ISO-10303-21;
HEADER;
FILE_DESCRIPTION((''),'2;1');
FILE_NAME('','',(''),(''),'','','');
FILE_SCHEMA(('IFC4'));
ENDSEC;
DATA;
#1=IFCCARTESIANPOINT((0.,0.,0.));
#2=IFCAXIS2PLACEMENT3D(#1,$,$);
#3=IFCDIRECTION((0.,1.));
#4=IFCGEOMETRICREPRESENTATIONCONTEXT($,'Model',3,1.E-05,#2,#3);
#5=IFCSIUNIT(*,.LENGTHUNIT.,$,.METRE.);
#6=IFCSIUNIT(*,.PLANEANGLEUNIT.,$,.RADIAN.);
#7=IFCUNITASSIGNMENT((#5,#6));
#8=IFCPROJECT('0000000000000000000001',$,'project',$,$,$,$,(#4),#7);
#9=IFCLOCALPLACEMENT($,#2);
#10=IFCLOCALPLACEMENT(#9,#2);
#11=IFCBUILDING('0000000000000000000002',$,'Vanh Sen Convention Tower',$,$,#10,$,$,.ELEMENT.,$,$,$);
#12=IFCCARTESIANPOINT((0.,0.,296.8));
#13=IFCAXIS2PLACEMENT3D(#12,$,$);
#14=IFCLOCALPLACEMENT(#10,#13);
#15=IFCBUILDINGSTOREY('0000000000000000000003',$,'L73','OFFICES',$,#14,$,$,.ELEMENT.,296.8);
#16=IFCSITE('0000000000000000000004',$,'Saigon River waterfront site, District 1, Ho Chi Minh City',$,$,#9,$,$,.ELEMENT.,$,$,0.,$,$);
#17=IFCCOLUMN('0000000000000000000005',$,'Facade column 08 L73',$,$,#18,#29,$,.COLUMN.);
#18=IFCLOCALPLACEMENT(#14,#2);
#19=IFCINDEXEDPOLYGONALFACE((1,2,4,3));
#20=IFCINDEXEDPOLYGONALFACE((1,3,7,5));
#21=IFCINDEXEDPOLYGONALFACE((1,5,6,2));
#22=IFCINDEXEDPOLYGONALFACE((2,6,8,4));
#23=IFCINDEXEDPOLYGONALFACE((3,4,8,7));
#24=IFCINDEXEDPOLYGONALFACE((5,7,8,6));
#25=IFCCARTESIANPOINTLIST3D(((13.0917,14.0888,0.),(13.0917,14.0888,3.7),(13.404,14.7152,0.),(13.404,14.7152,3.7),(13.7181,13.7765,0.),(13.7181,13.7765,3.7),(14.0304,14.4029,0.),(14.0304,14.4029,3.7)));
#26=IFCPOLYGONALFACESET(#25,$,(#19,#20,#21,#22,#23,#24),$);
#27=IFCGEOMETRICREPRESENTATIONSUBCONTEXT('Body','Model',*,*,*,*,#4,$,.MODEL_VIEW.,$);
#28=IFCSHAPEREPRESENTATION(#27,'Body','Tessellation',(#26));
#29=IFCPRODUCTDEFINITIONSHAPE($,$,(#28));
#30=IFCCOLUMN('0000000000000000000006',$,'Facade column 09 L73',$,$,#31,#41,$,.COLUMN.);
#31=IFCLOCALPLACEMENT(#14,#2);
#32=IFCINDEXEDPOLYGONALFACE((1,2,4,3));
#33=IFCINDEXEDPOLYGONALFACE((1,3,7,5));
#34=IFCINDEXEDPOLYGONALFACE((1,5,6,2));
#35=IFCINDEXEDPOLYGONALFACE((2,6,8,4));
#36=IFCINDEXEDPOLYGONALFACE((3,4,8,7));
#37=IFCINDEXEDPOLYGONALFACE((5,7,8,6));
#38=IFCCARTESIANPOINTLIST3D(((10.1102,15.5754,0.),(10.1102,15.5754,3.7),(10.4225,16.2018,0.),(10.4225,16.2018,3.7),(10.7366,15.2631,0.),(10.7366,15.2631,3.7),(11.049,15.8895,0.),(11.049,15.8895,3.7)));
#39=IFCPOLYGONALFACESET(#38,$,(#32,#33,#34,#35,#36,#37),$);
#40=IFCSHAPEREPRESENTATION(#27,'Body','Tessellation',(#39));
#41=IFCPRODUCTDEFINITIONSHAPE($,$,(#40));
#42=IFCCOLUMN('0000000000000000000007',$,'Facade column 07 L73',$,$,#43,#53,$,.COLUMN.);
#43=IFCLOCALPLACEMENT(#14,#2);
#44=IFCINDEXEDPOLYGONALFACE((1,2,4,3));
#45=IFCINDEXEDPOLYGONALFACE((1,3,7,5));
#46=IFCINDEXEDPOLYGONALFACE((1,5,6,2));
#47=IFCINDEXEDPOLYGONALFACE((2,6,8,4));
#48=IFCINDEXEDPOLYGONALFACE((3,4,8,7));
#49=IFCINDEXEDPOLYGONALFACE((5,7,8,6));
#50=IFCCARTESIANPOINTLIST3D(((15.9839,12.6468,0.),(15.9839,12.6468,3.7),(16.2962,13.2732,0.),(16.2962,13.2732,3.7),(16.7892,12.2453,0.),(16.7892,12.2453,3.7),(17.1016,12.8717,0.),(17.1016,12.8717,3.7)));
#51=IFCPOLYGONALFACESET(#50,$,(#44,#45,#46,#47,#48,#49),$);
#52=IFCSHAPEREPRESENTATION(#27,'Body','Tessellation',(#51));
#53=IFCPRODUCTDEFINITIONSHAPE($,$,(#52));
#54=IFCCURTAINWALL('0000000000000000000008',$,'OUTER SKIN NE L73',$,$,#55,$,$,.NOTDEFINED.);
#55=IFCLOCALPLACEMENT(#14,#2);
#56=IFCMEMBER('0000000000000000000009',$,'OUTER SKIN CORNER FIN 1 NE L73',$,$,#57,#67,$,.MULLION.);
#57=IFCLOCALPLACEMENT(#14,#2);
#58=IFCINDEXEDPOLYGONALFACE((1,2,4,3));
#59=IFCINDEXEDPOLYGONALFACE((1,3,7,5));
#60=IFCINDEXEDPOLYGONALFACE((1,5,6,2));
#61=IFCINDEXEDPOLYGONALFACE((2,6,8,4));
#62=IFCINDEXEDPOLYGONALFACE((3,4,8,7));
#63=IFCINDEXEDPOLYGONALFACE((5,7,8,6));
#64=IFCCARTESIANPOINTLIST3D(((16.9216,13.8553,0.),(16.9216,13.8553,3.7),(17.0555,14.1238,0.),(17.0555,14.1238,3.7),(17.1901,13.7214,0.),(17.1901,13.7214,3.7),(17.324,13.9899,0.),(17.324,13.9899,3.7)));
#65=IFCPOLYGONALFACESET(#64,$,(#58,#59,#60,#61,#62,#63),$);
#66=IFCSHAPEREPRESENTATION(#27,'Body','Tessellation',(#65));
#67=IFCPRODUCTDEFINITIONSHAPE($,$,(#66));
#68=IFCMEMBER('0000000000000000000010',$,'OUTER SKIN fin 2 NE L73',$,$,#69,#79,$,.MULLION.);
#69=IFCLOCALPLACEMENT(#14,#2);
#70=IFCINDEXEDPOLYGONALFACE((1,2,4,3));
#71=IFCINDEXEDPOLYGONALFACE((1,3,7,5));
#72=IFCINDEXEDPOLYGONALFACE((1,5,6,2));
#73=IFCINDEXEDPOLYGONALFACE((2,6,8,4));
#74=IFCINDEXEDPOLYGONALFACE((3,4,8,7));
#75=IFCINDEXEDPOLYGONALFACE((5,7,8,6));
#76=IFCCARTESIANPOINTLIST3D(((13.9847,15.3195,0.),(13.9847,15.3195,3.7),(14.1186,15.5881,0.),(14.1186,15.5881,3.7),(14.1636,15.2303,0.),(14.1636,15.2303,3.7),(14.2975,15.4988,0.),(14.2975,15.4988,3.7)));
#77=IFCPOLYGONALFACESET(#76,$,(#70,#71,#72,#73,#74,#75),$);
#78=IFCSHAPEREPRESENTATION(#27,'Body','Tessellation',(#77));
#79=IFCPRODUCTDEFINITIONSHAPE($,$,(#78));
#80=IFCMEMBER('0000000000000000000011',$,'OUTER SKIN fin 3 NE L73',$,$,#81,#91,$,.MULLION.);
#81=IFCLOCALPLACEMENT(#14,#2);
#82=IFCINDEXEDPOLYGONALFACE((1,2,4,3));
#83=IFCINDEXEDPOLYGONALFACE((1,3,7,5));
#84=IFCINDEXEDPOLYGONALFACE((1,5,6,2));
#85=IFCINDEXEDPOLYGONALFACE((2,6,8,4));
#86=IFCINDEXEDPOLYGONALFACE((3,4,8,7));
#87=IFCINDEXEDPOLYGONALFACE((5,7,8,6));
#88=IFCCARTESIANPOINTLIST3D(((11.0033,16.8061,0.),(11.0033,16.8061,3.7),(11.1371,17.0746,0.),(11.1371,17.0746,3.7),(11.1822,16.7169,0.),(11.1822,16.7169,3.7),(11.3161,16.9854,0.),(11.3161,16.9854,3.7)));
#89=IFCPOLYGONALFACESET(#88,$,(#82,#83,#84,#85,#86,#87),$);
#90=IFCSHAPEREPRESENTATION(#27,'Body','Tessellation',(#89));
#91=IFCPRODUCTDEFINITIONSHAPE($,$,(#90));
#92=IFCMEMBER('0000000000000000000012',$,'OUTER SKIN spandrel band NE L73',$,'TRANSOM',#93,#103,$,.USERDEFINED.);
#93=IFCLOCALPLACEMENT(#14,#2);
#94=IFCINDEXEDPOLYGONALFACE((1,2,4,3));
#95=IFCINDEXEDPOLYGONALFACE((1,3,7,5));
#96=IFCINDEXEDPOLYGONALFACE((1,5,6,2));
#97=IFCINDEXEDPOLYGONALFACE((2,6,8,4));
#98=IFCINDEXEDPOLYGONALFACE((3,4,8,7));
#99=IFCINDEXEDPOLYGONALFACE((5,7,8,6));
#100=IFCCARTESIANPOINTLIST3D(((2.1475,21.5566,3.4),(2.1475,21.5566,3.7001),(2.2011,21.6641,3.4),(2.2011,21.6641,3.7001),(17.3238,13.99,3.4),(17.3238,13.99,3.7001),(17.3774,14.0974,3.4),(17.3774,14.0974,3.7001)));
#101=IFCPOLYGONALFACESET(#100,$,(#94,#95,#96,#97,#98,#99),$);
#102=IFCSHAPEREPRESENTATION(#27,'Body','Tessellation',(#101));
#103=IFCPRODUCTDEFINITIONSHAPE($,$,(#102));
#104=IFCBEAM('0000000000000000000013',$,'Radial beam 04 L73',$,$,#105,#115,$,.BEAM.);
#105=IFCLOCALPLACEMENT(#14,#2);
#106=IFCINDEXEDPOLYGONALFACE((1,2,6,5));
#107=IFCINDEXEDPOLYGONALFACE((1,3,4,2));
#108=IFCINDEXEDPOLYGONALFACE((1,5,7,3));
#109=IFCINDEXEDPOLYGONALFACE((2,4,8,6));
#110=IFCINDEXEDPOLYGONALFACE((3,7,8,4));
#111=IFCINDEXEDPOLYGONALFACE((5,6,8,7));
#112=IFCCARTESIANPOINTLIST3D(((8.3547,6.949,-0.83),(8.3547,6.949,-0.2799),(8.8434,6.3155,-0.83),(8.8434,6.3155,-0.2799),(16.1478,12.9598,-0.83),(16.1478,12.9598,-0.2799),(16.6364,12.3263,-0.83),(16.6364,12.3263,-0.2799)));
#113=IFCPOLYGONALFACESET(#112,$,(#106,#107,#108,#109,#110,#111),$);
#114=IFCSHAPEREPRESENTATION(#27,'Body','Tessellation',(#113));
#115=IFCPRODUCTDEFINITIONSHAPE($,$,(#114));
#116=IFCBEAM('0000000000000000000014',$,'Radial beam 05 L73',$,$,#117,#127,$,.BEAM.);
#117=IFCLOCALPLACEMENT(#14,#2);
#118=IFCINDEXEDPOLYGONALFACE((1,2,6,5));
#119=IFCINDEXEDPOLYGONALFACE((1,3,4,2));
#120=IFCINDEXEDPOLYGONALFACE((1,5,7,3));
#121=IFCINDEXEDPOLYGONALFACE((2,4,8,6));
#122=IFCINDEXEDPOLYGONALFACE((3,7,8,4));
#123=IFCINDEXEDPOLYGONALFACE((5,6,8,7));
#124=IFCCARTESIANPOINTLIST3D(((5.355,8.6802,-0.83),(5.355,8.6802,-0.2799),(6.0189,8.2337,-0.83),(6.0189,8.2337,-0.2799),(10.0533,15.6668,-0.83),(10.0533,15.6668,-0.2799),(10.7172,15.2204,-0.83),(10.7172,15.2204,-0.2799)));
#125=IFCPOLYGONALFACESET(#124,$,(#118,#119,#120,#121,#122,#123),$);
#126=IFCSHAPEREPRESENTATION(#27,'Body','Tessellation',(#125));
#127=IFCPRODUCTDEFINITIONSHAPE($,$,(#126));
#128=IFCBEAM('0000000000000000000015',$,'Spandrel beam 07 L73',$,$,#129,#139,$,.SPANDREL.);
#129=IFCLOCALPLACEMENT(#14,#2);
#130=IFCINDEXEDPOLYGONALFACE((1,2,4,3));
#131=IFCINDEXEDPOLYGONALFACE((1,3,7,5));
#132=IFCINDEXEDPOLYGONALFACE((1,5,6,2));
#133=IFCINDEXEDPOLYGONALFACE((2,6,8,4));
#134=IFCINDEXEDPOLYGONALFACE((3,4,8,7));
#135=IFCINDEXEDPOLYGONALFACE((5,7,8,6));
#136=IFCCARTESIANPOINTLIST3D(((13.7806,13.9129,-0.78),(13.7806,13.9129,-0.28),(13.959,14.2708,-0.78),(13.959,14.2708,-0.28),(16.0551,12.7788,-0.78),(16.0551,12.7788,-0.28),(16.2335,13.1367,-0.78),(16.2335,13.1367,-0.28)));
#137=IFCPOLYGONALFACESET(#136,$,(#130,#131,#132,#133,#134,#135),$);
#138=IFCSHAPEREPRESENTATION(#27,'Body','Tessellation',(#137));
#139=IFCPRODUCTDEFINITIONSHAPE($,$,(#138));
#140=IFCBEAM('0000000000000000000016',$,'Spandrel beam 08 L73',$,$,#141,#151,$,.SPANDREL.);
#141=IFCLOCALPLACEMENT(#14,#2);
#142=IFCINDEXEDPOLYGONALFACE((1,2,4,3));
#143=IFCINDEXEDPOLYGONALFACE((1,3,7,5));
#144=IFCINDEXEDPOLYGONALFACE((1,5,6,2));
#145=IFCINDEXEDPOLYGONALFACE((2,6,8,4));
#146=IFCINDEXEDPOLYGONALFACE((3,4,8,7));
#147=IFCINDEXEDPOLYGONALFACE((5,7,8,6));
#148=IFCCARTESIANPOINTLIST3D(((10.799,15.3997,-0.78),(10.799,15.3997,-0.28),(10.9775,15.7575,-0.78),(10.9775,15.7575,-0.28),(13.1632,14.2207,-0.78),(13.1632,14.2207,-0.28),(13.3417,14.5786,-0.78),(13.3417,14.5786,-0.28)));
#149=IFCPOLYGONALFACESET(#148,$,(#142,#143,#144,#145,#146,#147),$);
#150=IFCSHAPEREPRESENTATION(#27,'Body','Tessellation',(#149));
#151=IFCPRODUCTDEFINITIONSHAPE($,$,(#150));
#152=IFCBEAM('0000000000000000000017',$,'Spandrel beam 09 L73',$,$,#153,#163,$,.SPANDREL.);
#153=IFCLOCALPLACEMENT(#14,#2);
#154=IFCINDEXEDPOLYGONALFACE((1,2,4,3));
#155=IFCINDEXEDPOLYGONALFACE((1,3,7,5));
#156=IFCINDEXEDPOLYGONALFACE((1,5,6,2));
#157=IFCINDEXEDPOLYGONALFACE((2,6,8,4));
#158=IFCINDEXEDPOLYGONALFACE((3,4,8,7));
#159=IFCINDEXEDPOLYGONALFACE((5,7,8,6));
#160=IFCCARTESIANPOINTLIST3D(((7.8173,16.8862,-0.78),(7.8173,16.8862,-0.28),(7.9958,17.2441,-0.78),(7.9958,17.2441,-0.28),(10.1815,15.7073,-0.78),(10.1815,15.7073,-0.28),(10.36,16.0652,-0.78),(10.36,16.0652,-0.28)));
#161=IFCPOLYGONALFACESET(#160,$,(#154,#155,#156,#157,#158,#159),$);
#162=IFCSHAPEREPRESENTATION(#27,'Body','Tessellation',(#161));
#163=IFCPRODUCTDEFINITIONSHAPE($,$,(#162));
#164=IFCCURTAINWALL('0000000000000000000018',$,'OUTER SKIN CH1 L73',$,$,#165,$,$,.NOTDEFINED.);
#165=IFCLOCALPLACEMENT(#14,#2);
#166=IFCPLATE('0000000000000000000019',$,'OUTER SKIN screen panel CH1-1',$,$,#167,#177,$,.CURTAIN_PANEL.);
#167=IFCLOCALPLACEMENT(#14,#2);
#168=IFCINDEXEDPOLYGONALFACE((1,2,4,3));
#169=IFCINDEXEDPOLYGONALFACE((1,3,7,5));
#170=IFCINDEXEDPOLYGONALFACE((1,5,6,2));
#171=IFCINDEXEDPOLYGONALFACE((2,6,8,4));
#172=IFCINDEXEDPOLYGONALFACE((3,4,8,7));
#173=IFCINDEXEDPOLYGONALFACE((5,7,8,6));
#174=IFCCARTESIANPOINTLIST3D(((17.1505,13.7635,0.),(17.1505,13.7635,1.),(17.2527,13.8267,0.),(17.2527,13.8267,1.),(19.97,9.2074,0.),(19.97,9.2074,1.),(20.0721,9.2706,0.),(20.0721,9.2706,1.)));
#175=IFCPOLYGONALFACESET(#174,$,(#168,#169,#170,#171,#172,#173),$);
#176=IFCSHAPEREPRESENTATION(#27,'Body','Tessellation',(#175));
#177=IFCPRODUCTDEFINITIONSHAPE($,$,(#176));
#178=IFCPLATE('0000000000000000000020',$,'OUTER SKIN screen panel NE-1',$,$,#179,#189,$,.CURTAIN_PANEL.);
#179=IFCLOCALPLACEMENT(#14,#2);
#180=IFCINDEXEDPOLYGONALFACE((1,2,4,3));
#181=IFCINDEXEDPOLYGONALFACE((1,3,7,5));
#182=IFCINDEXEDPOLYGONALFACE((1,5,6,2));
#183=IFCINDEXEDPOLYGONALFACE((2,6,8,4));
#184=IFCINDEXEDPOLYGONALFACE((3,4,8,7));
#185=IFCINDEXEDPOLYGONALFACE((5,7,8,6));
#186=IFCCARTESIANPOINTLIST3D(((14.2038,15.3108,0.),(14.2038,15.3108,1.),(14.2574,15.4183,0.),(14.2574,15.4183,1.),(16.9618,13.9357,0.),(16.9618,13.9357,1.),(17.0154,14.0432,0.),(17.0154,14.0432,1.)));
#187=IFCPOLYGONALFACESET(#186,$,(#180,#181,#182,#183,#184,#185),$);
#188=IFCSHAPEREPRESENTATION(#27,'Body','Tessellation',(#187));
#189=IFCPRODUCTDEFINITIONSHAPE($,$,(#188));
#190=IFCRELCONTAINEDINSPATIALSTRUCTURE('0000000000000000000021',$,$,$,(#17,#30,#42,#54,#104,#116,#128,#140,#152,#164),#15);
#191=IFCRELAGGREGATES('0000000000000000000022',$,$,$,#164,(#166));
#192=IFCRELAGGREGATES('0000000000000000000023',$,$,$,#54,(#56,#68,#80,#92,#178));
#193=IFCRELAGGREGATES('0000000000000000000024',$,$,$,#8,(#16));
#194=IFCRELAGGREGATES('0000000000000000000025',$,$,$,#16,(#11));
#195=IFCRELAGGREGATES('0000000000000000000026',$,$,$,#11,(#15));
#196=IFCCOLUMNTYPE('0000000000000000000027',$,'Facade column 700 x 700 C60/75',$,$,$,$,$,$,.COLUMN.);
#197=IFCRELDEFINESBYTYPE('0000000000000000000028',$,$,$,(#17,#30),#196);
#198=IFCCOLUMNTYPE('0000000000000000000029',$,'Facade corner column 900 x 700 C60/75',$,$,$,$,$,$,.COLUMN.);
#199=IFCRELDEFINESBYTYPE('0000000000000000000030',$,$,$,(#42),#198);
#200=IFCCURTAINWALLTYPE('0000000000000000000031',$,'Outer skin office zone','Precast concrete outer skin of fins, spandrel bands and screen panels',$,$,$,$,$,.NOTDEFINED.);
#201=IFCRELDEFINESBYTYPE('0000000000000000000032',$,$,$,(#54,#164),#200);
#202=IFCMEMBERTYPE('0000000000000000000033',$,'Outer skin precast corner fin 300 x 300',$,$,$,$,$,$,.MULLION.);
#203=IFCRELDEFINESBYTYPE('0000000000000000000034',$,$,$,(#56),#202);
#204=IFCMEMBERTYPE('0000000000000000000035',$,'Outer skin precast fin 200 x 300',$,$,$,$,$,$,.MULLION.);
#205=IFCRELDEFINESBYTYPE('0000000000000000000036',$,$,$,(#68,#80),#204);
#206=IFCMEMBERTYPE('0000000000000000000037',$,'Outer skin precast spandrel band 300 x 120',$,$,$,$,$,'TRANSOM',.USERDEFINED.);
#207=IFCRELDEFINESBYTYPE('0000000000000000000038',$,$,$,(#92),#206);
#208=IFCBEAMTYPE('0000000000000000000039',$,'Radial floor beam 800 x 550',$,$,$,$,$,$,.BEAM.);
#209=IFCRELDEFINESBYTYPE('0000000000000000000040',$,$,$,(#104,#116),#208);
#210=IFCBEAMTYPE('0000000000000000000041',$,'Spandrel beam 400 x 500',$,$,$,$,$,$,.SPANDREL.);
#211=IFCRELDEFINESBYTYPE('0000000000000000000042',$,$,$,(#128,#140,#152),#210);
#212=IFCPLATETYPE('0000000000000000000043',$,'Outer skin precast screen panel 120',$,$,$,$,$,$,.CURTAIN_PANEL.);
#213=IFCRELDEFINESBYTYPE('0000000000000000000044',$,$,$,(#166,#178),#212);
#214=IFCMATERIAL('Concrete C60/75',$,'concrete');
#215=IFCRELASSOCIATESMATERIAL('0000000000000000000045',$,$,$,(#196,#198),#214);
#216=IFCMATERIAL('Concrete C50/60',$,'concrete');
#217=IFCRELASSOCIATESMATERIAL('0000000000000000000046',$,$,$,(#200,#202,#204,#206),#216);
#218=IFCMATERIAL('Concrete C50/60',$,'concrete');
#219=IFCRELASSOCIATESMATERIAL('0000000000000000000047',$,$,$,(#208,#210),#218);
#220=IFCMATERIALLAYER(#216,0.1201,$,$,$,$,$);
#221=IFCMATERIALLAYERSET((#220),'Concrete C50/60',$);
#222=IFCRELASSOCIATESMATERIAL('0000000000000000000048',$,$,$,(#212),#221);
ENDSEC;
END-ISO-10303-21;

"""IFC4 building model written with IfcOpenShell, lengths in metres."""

from ifc_helpers import new_model, si_unit, direction, frame, origin, origin_2d, place, context, subcontext, project, spatial, rectangle, extrude, material, layer, layer_set, material_profile, profile_set, type_object, element, aggregate, save


model = new_model("IFC4")

# Units and contexts
model_context = context("Model", 3, precision=1e-05, world=origin(), true_north=direction((0.0, 1.0)))
body_context = subcontext(model_context, "Body", "Model", "MODEL_VIEW")
ifc_project = project(units=[si_unit("LENGTHUNIT", "METRE"), si_unit("PLANEANGLEUNIT", "RADIAN")], contexts=[model_context])

# Site, building, storey
site_placement = place(None, origin())
site = spatial("IfcSite", under=ifc_project, at=site_placement, Name="Saigon River waterfront site, District 1, Ho Chi Minh City", CompositionType="ELEMENT", RefElevation=0.0)
building_placement = place(site_placement, origin())
building = spatial("IfcBuilding", under=site, at=building_placement, Name="Vanh Sen Convention Tower", CompositionType="ELEMENT")
storey_placement = place(building_placement, frame((0.0, 0.0, 296.8)))
storey = spatial("IfcBuildingStorey", under=building, at=storey_placement, Name="L73", Description="OFFICES", CompositionType="ELEMENT", Elevation=296.8)

# Columns
ifc_material_1 = material(Name="Concrete C60/75", Category="concrete")
ifc_material_profile_1 = material_profile(ifc_material_1, rectangle(XDim=0.7, YDim=0.7, at=origin_2d()), Name="RC 700X700")
ifc_profile_set_1 = profile_set([ifc_material_profile_1], Name="Concrete C60/75")
column_type_1 = type_object("IfcColumnType", Name="Facade column 700 x 700 C60/75", PredefinedType="COLUMN", material=ifc_profile_set_1)
for number, where, z_axis, x_axis, name in (
    (1, (13.561, 14.2458, 0.0), (0.0, 0.0, 1.0), (-0.894934, 0.446198, 0.0), "Facade column 08 L73"),
    (2, (10.5796, 15.7324, 0.0), (0.0, 0.0, 1.0), (-0.894934, 0.446198, 0.0), "Facade column 09 L73"),
):
    element("IfcColumn", number, at=place(storey_placement, frame(where, z_axis=z_axis, x_axis=x_axis)), inside=storey, type_object=column_type_1, Name=name, PredefinedType="COLUMN", context=body_context, shape_type="SweptSolid", body=[
        extrude(rectangle(XDim=0.7, YDim=0.7, at=origin_2d()), origin(), (0.0, 0.0, 1.0), 3.7),
    ])
ifc_material_profile_2 = material_profile(ifc_material_1, rectangle(XDim=0.8999, YDim=0.7, at=origin_2d()), Name="RC 900X700")
ifc_profile_set_2 = profile_set([ifc_material_profile_2], Name="Concrete C60/75")
column_type_2 = type_object("IfcColumnType", Name="Facade corner column 900 x 700 C60/75", PredefinedType="COLUMN", material=ifc_profile_set_2)
column_placement = place(storey_placement, frame((16.5427, 12.7593, 0.0), z_axis=(0.0, 0.0, 1.0), x_axis=(-0.894934, 0.446198, 0.0)))
element("IfcColumn", 3, at=column_placement, inside=storey, type_object=column_type_2, Name="Facade column 07 L73", PredefinedType="COLUMN", context=body_context, shape_type="SweptSolid", body=[
    extrude(rectangle(XDim=0.8999, YDim=0.7, at=origin_2d()), origin(), (0.0, 0.0, 1.0), 3.7),
])

# Curtain wall, members
ifc_material_2 = material(Name="Concrete C50/60", Category="concrete")
curtain_wall_type = type_object("IfcCurtainWallType", Name="Outer skin office zone", Description="Precast concrete outer skin of fins, spandrel bands and screen panels", PredefinedType="NOTDEFINED", material=ifc_material_2)
curtain_wall_1_placement = place(storey_placement, origin())
curtain_wall_1 = element("IfcCurtainWall", 4, at=curtain_wall_1_placement, inside=storey, type_object=curtain_wall_type, Name="OUTER SKIN NE L73", PredefinedType="NOTDEFINED")
ifc_material_profile_3 = material_profile(ifc_material_2, rectangle(XDim=0.3, YDim=0.3, at=origin_2d()), Name="Outer skin precast corner fin 300 x 300")
ifc_profile_set_3 = profile_set([ifc_material_profile_3], Name="Concrete C50/60")
member_type_1 = type_object("IfcMemberType", Name="Outer skin precast corner fin 300 x 300", PredefinedType="MULLION", material=ifc_profile_set_3)
member_1_placement = place(storey_placement, frame((17.1228, 13.9226, 0.0), z_axis=(0.0, 0.0, 1.0), x_axis=(-0.894934, 0.446198, 0.0)))
member_1 = element("IfcMember", 5, at=member_1_placement, type_object=member_type_1, Name="OUTER SKIN CORNER FIN 1 NE L73", PredefinedType="MULLION", context=body_context, shape_type="SweptSolid", body=[
    extrude(rectangle(XDim=0.3, YDim=0.3, at=origin_2d()), origin(), (0.0, 0.0, 1.0), 3.7),
])
ifc_material_profile_4 = material_profile(ifc_material_2, rectangle(XDim=0.2, YDim=0.3, at=origin_2d()), Name="Outer skin precast fin 200 x 300")
ifc_profile_set_4 = profile_set([ifc_material_profile_4], Name="Concrete C50/60")
member_type_2 = type_object("IfcMemberType", Name="Outer skin precast fin 200 x 300", PredefinedType="MULLION", material=ifc_profile_set_4)
member_2_placement = place(storey_placement, frame((14.1411, 15.4092, 0.0), z_axis=(0.0, 0.0, 1.0), x_axis=(-0.894934, 0.446198, 0.0)))
member_2 = element("IfcMember", 6, at=member_2_placement, type_object=member_type_2, Name="OUTER SKIN fin 2 NE L73", PredefinedType="MULLION", context=body_context, shape_type="SweptSolid", body=[
    extrude(rectangle(XDim=0.2, YDim=0.3, at=origin_2d()), origin(), (0.0, 0.0, 1.0), 3.7),
])
member_3_placement = place(storey_placement, frame((11.1597, 16.8958, 0.0), z_axis=(0.0, 0.0, 1.0), x_axis=(-0.894934, 0.446198, 0.0)))
member_3 = element("IfcMember", 7, at=member_3_placement, type_object=member_type_2, Name="OUTER SKIN fin 3 NE L73", PredefinedType="MULLION", context=body_context, shape_type="SweptSolid", body=[
    extrude(rectangle(XDim=0.2, YDim=0.3, at=origin_2d()), origin(), (0.0, 0.0, 1.0), 3.7),
])
ifc_material_profile_5 = material_profile(ifc_material_2, rectangle(XDim=0.1201, YDim=0.3, at=origin_2d()), Name="Outer skin precast spandrel band 300 x 120")
ifc_profile_set_5 = profile_set([ifc_material_profile_5], Name="Concrete C50/60")
member_type_3 = type_object("IfcMemberType", Name="Outer skin precast spandrel band 300 x 120", ElementType="TRANSOM", PredefinedType="USERDEFINED", material=ifc_profile_set_5)
member_4_placement = place(storey_placement, frame((17.3506, 14.0437, 3.55), z_axis=(-0.894933, 0.4462, 0.0), x_axis=(-0.4462, -0.894933, 0.0)))
member_4 = element("IfcMember", 8, at=member_4_placement, type_object=member_type_3, Name="OUTER SKIN spandrel band NE L73", ObjectType="TRANSOM", PredefinedType="USERDEFINED", context=body_context, shape_type="SweptSolid", body=[
    extrude(rectangle(XDim=0.1201, YDim=0.3, at=origin_2d()), origin(), (0.0, 0.0, 1.0), 16.958),
])

# Beams
ifc_material_3 = material(Name="Concrete C50/60", Category="concrete")
ifc_material_profile_6 = material_profile(ifc_material_3, rectangle(XDim=0.8, YDim=0.55, at=origin_2d()), Name="RC 800X550")
ifc_profile_set_6 = profile_set([ifc_material_profile_6], Name="Concrete C50/60")
beam_type_1 = type_object("IfcBeamType", Name="Radial floor beam 800 x 550", PredefinedType="BEAM", material=ifc_profile_set_6)
beam_1_placement = place(storey_placement, frame((16.3921, 12.6431, -0.5549), z_axis=(-0.79183, -0.610741, 0.0), x_axis=(0.610741, -0.79183, 0.0)))
element("IfcBeam", 9, at=beam_1_placement, inside=storey, type_object=beam_type_1, Name="Radial beam 04 L73", PredefinedType="BEAM", context=body_context, shape_type="SweptSolid", body=[
    extrude(rectangle(XDim=0.8, YDim=0.55, at=origin_2d()), origin(), (0.0, 0.0, 1.0), 9.8418),
])
beam_2_placement = place(storey_placement, frame((10.3853, 15.4436, -0.5549), z_axis=(-0.558028, -0.829822, 0.0), x_axis=(0.829822, -0.558028, 0.0)))
element("IfcBeam", 10, at=beam_2_placement, inside=storey, type_object=beam_type_1, Name="Radial beam 05 L73", PredefinedType="BEAM", context=body_context, shape_type="SweptSolid", body=[
    extrude(rectangle(XDim=0.8, YDim=0.55, at=origin_2d()), origin(), (0.0, 0.0, 1.0), 8.4194),
])
ifc_material_profile_7 = material_profile(ifc_material_3, rectangle(XDim=0.3999, YDim=0.5, at=origin_2d()), Name="RC 400X500")
ifc_profile_set_7 = profile_set([ifc_material_profile_7], Name="Concrete C50/60")
beam_type_2 = type_object("IfcBeamType", Name="Spandrel beam 400 x 500", PredefinedType="SPANDREL", material=ifc_profile_set_7)
beam_3_placement = place(storey_placement, frame((16.1443, 12.9578, -0.53), z_axis=(-0.894926, 0.446214, 0.0), x_axis=(-0.446214, -0.894926, 0.0)))
element("IfcBeam", 11, at=beam_3_placement, inside=storey, type_object=beam_type_2, Name="Spandrel beam 07 L73", PredefinedType="SPANDREL", context=body_context, shape_type="SweptSolid", body=[
    extrude(rectangle(XDim=0.3999, YDim=0.5, at=origin_2d()), origin(), (0.0, 0.0, 1.0), 2.5415),
])
for number, where, z_axis, x_axis, name in (
    (12, (13.2524, 14.3997, -0.53), (-0.894907, 0.446252, 0.0), (-0.446252, -0.894907, 0.0), "Spandrel beam 08 L73"),
    (13, (10.2708, 15.8862, -0.53), (-0.894907, 0.446252, 0.0), (-0.446252, -0.894907, 0.0), "Spandrel beam 09 L73"),
):
    element("IfcBeam", number, at=place(storey_placement, frame(where, z_axis=z_axis, x_axis=x_axis)), inside=storey, type_object=beam_type_2, Name=name, PredefinedType="SPANDREL", context=body_context, shape_type="SweptSolid", body=[
        extrude(rectangle(XDim=0.3999, YDim=0.5, at=origin_2d()), origin(), (0.0, 0.0, 1.0), 2.6418),
    ])

# Curtain wall, plate
curtain_wall_2_placement = place(storey_placement, origin())
curtain_wall_2 = element("IfcCurtainWall", 14, at=curtain_wall_2_placement, inside=storey, type_object=curtain_wall_type, Name="OUTER SKIN CH1 L73", PredefinedType="NOTDEFINED")
ifc_layer_1 = layer(ifc_material_2, 0.1201)
ifc_layer_set_1 = layer_set([ifc_layer_1], Name="Concrete C50/60")
plate_type = type_object("IfcPlateType", Name="Outer skin precast screen panel 120", PredefinedType="CURTAIN_PANEL", material=ifc_layer_set_1)
plate_1_placement = place(storey_placement, frame((18.6113, 11.5171, 0.0), z_axis=(0.0, 0.0, 1.0), x_axis=(-0.526218, 0.850349, 0.0)))
plate_1 = element("IfcPlate", 15, at=plate_1_placement, type_object=plate_type, Name="OUTER SKIN screen panel CH1-1", PredefinedType="CURTAIN_PANEL", context=body_context, shape_type="SweptSolid", body=[
    extrude(rectangle(XDim=5.3579, YDim=0.1201, at=origin_2d()), origin(), (0.0, 0.0, 1.0), 1.0),
])
aggregate(curtain_wall_2, [plate_1])

# Plate
plate_2_placement = place(storey_placement, frame((15.6096, 14.677, 0.0), z_axis=(0.0, 0.0, 1.0), x_axis=(-0.894931, 0.446204, 0.0)))
plate_2 = element("IfcPlate", 16, at=plate_2_placement, type_object=plate_type, Name="OUTER SKIN screen panel NE-1", PredefinedType="CURTAIN_PANEL", context=body_context, shape_type="SweptSolid", body=[
    extrude(rectangle(XDim=3.0818, YDim=0.1201, at=origin_2d()), origin(), (0.0, 0.0, 1.0), 1.0),
])
aggregate(curtain_wall_1, [member_1, member_2, member_3, member_4, plate_2])

save(model, "model.ifc")
